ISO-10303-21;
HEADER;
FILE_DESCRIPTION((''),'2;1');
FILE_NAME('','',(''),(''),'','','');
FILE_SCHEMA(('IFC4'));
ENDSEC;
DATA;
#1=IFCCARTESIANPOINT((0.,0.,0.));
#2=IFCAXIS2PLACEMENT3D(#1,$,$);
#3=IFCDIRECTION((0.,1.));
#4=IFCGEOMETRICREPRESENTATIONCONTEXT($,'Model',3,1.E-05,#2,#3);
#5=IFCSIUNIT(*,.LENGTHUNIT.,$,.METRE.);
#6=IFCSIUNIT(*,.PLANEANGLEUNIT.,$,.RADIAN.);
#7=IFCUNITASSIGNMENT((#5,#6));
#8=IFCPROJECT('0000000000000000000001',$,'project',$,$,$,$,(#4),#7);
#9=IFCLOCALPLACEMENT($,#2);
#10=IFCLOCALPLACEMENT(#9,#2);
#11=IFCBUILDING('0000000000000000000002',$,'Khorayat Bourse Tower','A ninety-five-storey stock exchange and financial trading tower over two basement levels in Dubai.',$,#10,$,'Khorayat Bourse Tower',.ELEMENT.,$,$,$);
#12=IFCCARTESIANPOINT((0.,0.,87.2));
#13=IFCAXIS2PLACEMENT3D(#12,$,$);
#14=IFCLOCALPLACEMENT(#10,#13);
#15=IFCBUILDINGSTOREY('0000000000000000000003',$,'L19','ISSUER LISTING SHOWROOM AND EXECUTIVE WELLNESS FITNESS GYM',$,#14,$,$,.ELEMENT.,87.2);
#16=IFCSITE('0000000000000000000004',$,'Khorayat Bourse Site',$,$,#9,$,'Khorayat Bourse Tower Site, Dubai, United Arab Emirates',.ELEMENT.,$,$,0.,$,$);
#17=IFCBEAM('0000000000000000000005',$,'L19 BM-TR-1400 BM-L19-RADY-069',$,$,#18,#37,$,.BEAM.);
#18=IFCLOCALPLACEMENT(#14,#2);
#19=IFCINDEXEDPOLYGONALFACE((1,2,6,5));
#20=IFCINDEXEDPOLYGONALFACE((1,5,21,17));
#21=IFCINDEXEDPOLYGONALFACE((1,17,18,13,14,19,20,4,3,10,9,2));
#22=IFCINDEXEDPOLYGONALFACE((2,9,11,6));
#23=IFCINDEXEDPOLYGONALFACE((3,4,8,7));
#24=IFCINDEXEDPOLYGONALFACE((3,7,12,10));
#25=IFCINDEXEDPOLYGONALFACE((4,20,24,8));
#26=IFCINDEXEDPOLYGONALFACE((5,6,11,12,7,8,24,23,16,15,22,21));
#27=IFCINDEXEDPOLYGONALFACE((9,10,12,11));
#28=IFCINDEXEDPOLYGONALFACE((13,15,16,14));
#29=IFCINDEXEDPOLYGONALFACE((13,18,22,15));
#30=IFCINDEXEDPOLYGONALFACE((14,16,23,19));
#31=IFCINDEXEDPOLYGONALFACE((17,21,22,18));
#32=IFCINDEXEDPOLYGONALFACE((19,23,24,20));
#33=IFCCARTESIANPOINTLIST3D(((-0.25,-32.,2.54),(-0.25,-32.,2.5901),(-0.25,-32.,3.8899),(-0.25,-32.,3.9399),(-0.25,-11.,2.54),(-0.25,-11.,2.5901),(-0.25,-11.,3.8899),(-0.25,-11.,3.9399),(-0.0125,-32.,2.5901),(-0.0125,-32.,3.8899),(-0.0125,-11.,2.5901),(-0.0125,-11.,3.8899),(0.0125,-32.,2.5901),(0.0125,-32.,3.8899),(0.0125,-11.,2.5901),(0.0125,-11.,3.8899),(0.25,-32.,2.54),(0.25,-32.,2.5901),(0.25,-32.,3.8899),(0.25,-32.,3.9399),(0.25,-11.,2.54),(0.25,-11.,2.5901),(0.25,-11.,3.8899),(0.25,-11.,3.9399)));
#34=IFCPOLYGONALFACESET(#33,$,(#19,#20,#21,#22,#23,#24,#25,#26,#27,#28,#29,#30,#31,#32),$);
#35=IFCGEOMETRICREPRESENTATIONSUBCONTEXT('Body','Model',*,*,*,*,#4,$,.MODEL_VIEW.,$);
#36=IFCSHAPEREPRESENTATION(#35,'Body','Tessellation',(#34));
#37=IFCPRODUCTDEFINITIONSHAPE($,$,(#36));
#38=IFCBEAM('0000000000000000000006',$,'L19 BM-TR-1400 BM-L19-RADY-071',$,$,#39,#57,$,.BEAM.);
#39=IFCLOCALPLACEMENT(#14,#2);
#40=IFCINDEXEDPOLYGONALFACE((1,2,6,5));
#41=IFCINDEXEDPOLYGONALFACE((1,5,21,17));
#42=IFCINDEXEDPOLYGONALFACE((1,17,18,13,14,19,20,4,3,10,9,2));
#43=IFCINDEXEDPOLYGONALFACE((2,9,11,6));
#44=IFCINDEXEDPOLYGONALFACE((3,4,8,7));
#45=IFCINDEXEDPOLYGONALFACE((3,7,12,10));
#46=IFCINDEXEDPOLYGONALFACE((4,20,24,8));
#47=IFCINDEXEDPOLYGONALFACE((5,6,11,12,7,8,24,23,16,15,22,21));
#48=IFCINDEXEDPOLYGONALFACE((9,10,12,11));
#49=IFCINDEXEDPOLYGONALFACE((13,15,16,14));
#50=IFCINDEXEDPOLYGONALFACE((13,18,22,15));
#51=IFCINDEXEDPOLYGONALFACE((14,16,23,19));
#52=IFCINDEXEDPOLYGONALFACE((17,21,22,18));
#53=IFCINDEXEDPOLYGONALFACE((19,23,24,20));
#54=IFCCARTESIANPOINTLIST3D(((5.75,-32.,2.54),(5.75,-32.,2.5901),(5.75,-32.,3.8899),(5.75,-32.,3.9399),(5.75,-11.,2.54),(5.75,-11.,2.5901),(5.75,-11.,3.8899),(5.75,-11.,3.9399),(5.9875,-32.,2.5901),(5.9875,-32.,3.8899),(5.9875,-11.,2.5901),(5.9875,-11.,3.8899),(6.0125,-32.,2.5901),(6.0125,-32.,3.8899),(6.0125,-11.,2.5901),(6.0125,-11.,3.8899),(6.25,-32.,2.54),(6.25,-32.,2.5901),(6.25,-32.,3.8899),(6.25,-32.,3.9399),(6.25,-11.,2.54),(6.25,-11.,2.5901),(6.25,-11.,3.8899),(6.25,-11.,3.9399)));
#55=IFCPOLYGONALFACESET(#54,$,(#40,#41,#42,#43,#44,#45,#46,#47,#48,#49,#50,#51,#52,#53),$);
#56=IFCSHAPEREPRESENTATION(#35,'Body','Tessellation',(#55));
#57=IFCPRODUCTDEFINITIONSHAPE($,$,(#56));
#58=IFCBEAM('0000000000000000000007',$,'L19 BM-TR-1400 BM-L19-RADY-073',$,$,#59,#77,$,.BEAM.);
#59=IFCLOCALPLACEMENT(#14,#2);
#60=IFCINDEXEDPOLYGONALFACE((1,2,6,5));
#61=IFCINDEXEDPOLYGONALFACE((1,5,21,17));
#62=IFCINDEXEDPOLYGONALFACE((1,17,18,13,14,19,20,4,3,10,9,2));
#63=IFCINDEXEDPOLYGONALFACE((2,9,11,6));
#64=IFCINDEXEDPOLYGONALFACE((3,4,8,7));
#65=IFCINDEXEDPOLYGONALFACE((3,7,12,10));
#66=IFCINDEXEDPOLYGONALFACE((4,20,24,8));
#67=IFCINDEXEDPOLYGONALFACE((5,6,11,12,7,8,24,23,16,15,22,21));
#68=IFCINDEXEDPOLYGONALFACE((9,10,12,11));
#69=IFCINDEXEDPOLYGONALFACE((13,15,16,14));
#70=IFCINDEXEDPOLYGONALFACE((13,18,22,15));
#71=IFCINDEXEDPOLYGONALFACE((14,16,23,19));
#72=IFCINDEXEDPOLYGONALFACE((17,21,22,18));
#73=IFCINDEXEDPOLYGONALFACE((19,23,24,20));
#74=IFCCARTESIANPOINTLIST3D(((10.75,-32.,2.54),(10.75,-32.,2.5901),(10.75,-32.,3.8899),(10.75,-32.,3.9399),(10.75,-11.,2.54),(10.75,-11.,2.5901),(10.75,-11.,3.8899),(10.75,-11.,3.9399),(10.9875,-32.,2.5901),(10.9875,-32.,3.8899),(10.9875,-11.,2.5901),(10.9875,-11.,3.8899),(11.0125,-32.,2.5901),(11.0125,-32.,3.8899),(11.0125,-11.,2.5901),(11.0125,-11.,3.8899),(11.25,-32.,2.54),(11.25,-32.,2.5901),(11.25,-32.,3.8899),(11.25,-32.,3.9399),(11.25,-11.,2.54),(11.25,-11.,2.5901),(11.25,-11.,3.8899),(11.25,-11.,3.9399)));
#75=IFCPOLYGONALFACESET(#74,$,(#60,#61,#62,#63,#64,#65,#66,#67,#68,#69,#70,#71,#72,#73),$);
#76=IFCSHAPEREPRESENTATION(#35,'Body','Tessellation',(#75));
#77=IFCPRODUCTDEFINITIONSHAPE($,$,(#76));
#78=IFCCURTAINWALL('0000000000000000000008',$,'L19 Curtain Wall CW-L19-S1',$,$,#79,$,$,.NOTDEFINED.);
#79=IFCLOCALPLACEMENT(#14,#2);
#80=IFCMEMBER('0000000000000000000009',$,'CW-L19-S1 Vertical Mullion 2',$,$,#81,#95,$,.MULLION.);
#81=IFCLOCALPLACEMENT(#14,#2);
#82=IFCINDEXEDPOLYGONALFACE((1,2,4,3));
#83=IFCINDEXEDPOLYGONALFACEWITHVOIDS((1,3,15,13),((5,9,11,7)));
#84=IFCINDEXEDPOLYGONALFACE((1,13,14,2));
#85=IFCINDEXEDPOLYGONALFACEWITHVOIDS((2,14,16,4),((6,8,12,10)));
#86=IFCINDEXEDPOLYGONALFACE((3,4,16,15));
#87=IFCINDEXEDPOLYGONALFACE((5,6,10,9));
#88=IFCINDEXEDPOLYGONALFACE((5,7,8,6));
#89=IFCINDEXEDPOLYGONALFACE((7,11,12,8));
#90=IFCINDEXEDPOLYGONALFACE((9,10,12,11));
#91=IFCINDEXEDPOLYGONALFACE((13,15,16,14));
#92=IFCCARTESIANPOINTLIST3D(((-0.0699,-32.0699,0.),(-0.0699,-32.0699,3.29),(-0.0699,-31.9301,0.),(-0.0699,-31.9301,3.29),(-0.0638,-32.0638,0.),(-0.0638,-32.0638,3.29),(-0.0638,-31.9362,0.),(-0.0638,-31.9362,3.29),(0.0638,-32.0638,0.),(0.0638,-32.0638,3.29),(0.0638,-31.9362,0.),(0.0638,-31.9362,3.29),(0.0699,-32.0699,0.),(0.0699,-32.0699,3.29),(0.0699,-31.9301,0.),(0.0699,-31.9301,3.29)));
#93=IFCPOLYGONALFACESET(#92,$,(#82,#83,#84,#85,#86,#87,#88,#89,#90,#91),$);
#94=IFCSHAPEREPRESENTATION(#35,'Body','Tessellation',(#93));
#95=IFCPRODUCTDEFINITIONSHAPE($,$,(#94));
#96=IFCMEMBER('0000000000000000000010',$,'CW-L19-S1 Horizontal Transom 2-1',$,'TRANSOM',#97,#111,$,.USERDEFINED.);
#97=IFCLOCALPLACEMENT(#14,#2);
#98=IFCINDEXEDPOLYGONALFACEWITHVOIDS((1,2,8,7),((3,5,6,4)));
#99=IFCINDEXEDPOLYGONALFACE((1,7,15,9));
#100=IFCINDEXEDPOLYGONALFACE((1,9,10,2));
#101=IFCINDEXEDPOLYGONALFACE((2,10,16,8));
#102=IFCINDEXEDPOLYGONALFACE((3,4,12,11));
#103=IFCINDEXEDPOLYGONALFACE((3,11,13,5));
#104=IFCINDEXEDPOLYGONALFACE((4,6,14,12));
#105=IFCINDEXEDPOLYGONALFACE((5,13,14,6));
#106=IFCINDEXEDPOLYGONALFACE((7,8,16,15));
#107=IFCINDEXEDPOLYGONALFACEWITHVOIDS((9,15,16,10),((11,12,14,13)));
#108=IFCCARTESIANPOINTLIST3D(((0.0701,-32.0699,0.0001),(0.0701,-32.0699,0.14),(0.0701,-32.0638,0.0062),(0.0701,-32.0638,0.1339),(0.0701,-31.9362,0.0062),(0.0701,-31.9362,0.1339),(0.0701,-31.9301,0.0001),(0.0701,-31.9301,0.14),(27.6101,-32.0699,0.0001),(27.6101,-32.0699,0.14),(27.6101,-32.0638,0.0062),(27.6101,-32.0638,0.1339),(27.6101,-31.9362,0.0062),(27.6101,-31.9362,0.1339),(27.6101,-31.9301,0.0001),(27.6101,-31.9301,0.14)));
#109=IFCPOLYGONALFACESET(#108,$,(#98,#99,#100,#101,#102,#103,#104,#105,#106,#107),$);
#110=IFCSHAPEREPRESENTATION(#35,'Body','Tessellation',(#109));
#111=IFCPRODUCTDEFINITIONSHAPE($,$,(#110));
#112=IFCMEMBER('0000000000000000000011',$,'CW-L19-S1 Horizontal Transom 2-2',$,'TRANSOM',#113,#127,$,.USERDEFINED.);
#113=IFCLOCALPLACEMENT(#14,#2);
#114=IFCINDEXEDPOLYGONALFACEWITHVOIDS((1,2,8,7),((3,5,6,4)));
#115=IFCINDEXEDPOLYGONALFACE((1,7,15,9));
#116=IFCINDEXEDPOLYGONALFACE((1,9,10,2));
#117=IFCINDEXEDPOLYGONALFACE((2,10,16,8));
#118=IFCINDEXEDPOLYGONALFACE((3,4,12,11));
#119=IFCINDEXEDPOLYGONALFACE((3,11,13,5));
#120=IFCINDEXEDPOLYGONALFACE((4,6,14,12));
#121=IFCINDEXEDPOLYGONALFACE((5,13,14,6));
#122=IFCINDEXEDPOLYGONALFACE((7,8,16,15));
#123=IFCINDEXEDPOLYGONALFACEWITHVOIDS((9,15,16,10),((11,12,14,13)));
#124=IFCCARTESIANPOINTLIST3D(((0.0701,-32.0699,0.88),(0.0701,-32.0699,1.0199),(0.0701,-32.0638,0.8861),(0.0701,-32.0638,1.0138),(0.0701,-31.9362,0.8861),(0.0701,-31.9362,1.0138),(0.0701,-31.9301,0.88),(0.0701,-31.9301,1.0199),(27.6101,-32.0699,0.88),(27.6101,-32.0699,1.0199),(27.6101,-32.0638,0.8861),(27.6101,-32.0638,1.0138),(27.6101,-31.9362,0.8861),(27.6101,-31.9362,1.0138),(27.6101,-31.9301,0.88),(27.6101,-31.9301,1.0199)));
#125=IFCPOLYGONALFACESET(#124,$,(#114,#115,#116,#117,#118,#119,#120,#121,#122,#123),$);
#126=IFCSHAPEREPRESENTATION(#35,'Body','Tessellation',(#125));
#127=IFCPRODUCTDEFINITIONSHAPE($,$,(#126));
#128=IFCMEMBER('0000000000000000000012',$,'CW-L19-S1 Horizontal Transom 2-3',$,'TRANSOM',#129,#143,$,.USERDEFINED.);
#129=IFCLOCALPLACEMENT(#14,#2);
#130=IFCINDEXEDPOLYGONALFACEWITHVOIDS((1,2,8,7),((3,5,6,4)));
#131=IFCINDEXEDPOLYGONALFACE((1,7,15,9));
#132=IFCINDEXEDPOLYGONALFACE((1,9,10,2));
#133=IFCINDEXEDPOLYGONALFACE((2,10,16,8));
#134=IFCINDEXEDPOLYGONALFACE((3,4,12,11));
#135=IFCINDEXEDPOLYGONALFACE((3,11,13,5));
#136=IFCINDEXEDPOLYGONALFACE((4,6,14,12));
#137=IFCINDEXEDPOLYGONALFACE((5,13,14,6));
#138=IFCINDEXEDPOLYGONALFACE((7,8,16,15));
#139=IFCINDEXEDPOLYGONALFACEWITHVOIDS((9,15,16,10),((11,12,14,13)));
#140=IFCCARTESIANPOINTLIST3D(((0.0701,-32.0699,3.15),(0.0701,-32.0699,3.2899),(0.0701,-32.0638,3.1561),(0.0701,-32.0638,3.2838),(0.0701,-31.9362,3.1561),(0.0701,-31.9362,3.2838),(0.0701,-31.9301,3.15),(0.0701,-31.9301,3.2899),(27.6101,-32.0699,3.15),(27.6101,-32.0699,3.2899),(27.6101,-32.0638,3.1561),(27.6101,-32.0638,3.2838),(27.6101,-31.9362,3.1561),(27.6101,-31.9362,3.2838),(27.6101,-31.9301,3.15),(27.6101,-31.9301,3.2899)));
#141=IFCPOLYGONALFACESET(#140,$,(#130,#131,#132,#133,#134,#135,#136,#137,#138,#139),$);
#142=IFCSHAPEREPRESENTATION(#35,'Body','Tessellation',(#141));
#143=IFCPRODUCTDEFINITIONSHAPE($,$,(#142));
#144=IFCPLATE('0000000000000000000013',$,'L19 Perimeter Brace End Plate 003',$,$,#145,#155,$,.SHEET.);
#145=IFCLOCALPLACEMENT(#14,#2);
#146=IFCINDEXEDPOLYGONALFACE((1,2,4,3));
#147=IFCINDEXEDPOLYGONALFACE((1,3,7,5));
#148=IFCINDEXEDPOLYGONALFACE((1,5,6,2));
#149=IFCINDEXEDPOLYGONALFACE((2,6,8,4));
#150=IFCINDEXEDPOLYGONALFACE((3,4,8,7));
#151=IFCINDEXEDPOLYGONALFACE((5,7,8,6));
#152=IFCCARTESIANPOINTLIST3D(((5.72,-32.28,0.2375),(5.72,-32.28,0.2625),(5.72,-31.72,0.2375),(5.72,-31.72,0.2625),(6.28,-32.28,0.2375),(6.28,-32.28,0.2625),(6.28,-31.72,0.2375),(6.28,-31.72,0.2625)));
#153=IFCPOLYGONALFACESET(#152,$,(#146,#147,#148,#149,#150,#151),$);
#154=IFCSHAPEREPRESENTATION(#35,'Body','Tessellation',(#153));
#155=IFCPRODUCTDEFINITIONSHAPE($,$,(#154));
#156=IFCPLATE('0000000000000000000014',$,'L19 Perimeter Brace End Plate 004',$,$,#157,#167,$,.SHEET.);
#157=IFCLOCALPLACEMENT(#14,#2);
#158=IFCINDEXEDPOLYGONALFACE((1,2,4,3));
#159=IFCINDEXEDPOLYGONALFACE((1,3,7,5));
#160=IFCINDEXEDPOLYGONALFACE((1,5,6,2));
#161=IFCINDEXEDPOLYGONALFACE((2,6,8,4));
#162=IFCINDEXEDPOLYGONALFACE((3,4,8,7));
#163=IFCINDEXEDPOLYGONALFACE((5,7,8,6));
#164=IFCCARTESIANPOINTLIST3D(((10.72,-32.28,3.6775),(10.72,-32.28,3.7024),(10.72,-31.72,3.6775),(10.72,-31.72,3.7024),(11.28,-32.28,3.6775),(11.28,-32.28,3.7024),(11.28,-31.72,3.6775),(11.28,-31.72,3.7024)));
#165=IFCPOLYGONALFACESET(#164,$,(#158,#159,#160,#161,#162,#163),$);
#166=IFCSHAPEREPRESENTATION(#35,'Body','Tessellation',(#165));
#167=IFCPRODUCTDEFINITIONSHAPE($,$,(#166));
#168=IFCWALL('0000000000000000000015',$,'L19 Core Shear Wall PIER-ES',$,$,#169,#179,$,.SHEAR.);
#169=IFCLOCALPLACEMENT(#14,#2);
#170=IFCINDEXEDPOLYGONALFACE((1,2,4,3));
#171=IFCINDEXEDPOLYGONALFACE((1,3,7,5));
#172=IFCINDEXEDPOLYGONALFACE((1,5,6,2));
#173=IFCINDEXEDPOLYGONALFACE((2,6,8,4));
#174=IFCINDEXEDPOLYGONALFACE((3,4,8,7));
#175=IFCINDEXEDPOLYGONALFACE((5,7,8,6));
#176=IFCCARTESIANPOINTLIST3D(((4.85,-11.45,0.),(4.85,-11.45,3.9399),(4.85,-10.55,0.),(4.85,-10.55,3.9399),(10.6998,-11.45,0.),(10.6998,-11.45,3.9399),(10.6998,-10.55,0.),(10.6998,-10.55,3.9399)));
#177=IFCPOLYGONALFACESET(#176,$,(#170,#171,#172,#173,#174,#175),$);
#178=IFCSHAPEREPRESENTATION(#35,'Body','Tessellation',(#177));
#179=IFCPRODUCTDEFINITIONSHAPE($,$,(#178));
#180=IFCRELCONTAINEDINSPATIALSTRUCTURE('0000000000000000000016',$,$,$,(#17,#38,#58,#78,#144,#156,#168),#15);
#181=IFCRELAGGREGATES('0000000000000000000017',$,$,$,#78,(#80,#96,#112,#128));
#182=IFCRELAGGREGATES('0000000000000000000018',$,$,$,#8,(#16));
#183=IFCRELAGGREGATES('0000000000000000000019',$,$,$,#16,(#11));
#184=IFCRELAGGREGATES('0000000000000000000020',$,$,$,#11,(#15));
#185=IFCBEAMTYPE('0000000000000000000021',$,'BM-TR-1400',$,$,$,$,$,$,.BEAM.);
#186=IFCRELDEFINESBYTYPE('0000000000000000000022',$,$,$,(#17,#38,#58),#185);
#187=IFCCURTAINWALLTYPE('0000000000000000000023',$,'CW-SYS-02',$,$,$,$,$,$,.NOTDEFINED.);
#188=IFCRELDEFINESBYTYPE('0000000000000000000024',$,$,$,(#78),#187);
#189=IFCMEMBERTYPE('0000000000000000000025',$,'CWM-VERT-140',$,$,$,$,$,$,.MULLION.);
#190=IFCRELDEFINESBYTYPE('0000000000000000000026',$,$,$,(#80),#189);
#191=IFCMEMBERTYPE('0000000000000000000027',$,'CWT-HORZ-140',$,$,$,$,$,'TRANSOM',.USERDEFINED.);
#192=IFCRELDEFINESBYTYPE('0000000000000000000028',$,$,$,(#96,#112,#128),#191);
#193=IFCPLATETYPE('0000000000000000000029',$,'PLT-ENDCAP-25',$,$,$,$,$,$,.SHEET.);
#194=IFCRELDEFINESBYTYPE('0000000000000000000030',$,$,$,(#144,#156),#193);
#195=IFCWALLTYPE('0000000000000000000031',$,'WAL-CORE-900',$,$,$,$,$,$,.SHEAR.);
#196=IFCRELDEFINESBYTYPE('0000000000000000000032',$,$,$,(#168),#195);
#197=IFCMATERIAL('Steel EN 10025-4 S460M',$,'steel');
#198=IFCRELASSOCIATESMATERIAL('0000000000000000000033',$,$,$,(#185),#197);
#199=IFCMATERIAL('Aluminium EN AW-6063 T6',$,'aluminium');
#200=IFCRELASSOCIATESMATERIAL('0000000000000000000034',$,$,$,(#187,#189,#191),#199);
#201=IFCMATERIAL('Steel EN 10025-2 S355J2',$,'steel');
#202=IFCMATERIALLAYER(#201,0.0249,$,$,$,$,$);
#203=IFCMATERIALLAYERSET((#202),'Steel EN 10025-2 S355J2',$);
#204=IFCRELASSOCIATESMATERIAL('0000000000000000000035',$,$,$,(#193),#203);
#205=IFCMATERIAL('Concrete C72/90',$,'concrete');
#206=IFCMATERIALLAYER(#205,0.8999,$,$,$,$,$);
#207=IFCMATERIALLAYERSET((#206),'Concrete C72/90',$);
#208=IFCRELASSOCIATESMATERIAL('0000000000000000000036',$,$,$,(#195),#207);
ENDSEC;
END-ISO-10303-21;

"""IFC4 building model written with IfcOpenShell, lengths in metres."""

from ifc_helpers import new_model, si_unit, direction, frame, frame_2d, origin, origin_2d, place, context, subcontext, project, spatial, rectangle, hollow_rectangle, i_section, extrude, source, transform, mapped, material, layer, layer_set, material_profile, profile_set, type_object, element, aggregate, save


model = new_model("IFC4")

# Units and contexts
model_context = context("Model", 3, precision=1e-05, world=origin(), true_north=direction((0.0, 1.0)))
body_context = subcontext(model_context, "Body", "Model", "MODEL_VIEW")
ifc_project = project(units=[si_unit("LENGTHUNIT", "METRE"), si_unit("PLANEANGLEUNIT", "RADIAN")], contexts=[model_context])

# Site, building, storey
site_placement = place(None, origin())
site = spatial("IfcSite", under=ifc_project, at=site_placement, Name="Khorayat Bourse Site", LongName="Khorayat Bourse Tower Site, Dubai, United Arab Emirates", CompositionType="ELEMENT", RefElevation=0.0)
building_placement = place(site_placement, origin())
building = spatial("IfcBuilding", under=site, at=building_placement, Name="Khorayat Bourse Tower", Description="A ninety-five-storey stock exchange and financial trading tower over two basement levels in Dubai.", LongName="Khorayat Bourse Tower", CompositionType="ELEMENT")
storey_placement = place(building_placement, frame((0.0, 0.0, 87.2)))
storey = spatial("IfcBuildingStorey", under=building, at=storey_placement, Name="L19", Description="ISSUER LISTING SHOWROOM AND EXECUTIVE WELLNESS FITNESS GYM", CompositionType="ELEMENT", Elevation=87.2)

# Shared definitions
ifc_material_1 = material(Name="Steel EN 10025-4 S460M", Category="steel")
ifc_material_2 = material(Name="Concrete C72/90", Category="concrete")

# Beams
ifc_material_profile_1 = material_profile(ifc_material_1, i_section(OverallWidth=0.5, OverallDepth=1.3999, WebThickness=0.0249, FlangeThickness=0.05, at=origin_2d()), Name="PG 1400x500x25x50")
ifc_profile_set_1 = profile_set([ifc_material_profile_1], Name="Steel EN 10025-4 S460M")
beam_type_1 = type_object("IfcBeamType", Name="BM-TR-1400", PredefinedType="BEAM", material=ifc_profile_set_1)
shared_shape_1 = source(origin(), body_context, "Body", "SweptSolid", [
    extrude(i_section(OverallWidth=0.5, OverallDepth=1.3999, WebThickness=0.0249, FlangeThickness=0.05, at=origin_2d()), origin(), (0.0, 0.0, 1.0), 21.0),
])
for number, where, z_axis, x_axis, name in (
    (1, (0.0, -32.0, 3.24), (0.0, 1.0, 0.0), (-1.0, 0.0, 0.0), "L19 BM-TR-1400 BM-L19-RADY-069"),
    (2, (6.0, -32.0, 3.24), (0.0, 1.0, 0.0), (-1.0, 0.0, 0.0), "L19 BM-TR-1400 BM-L19-RADY-071"),
    (3, (11.0, -32.0, 3.24), (0.0, 1.0, 0.0), (-1.0, 0.0, 0.0), "L19 BM-TR-1400 BM-L19-RADY-073"),
):
    element("IfcBeam", number, at=place(storey_placement, frame(where, z_axis=z_axis, x_axis=x_axis)), inside=storey, type_object=beam_type_1, Name=name, PredefinedType="BEAM", context=body_context, shape_type="MappedRepresentation", body=[
        mapped(shared_shape_1, transform((0.0, 0.0, 0.0), scale=1.0)),
    ])

# Curtain wall, members
ifc_material_3 = material(Name="Aluminium EN AW-6063 T6", Category="aluminium")
curtain_wall_type = type_object("IfcCurtainWallType", Name="CW-SYS-02", PredefinedType="NOTDEFINED", material=ifc_material_3)
curtain_wall_placement = place(storey_placement, origin())
curtain_wall = element("IfcCurtainWall", 4, at=curtain_wall_placement, inside=storey, type_object=curtain_wall_type, Name="L19 Curtain Wall CW-L19-S1", PredefinedType="NOTDEFINED")
ifc_material_profile_2 = material_profile(ifc_material_3, hollow_rectangle(XDim=0.1399, YDim=0.1399, WallThickness=0.0061, at=origin_2d()), Name="ALU 140x140x6")
ifc_profile_set_2 = profile_set([ifc_material_profile_2], Name="Aluminium EN AW-6063 T6")
member_type_1 = type_object("IfcMemberType", Name="CWM-VERT-140", PredefinedType="MULLION", material=ifc_profile_set_2)
shared_shape_2 = source(origin(), body_context, "Body", "SweptSolid", [
    extrude(hollow_rectangle(XDim=0.1399, YDim=0.1399, WallThickness=0.0061, at=origin_2d()), origin(), (0.0, 0.0, 1.0), 3.29),
])
member_1_placement = place(storey_placement, frame((0.0, -32.0, 0.0), z_axis=(0.0, 0.0, 1.0), x_axis=(0.0, 1.0, 0.0)))
member_1 = element("IfcMember", 5, at=member_1_placement, type_object=member_type_1, Name="CW-L19-S1 Vertical Mullion 2", PredefinedType="MULLION", context=body_context, shape_type="MappedRepresentation", body=[
    mapped(shared_shape_2, transform((0.0, 0.0, 0.0), scale=1.0)),
])
ifc_material_profile_3 = material_profile(ifc_material_3, hollow_rectangle(XDim=0.1399, YDim=0.1399, WallThickness=0.0061, at=origin_2d()), Name="ALU 140x140x6")
ifc_profile_set_3 = profile_set([ifc_material_profile_3], Name="Aluminium EN AW-6063 T6")
member_type_2 = type_object("IfcMemberType", Name="CWT-HORZ-140", ElementType="TRANSOM", PredefinedType="USERDEFINED", material=ifc_profile_set_3)
shared_shape_3 = source(origin(), body_context, "Body", "SweptSolid", [
    extrude(hollow_rectangle(XDim=0.1399, YDim=0.1399, WallThickness=0.0061, at=origin_2d()), origin(), (0.0, 0.0, 1.0), 27.54),
])
member_2_placement = place(storey_placement, frame((0.0701, -32.0, 0.0701), z_axis=(1.0, 0.0, 0.0), x_axis=(0.0, 1.0, 0.0)))
member_2 = element("IfcMember", 6, at=member_2_placement, type_object=member_type_2, Name="CW-L19-S1 Horizontal Transom 2-1", ObjectType="TRANSOM", PredefinedType="USERDEFINED", context=body_context, shape_type="MappedRepresentation", body=[
    mapped(shared_shape_3, transform((0.0, 0.0, 0.0), scale=1.0)),
])
member_3_placement = place(storey_placement, frame((0.0701, -32.0, 0.95), z_axis=(1.0, 0.0, 0.0), x_axis=(0.0, 1.0, 0.0)))
member_3 = element("IfcMember", 7, at=member_3_placement, type_object=member_type_2, Name="CW-L19-S1 Horizontal Transom 2-2", ObjectType="TRANSOM", PredefinedType="USERDEFINED", context=body_context, shape_type="MappedRepresentation", body=[
    mapped(shared_shape_3, transform((0.0, 0.0, 0.0), scale=1.0)),
])
member_4_placement = place(storey_placement, frame((0.0701, -32.0, 3.22), z_axis=(1.0, 0.0, 0.0), x_axis=(0.0, 1.0, 0.0)))
member_4 = element("IfcMember", 8, at=member_4_placement, type_object=member_type_2, Name="CW-L19-S1 Horizontal Transom 2-3", ObjectType="TRANSOM", PredefinedType="USERDEFINED", context=body_context, shape_type="MappedRepresentation", body=[
    mapped(shared_shape_3, transform((0.0, 0.0, 0.0), scale=1.0)),
])
aggregate(curtain_wall, [member_1, member_2, member_3, member_4])

# Plates
ifc_material_4 = material(Name="Steel EN 10025-2 S355J2", Category="steel")
ifc_layer_1 = layer(ifc_material_4, 0.0249)
ifc_layer_set_1 = layer_set([ifc_layer_1], Name="Steel EN 10025-2 S355J2")
plate_type = type_object("IfcPlateType", Name="PLT-ENDCAP-25", PredefinedType="SHEET", material=ifc_layer_set_1)
shared_shape_4 = source(origin(), body_context, "Body", "SweptSolid", [
    extrude(rectangle(XDim=0.5601, YDim=0.5601, at=origin_2d()), origin(), (0.0, 0.0, 1.0), 0.0249),
])
for number, where, z_axis, x_axis, name in (
    (9, (6.0, -32.0, 0.2375), (0.0, 0.0, 1.0), (1.0, 0.0, 0.0), "L19 Perimeter Brace End Plate 003"),
    (10, (11.0, -32.0, 3.6775), (0.0, 0.0, 1.0), (1.0, 0.0, 0.0), "L19 Perimeter Brace End Plate 004"),
):
    element("IfcPlate", number, at=place(storey_placement, frame(where, z_axis=z_axis, x_axis=x_axis)), inside=storey, type_object=plate_type, Name=name, PredefinedType="SHEET", context=body_context, shape_type="MappedRepresentation", body=[
        mapped(shared_shape_4, transform((0.0, 0.0, 0.0), scale=1.0)),
    ])

# Wall
ifc_layer_2 = layer(ifc_material_2, 0.8999)
ifc_layer_set_2 = layer_set([ifc_layer_2], Name="Concrete C72/90")
wall_type_1 = type_object("IfcWallType", Name="WAL-CORE-900", PredefinedType="SHEAR", material=ifc_layer_set_2)
shared_shape_5 = source(origin(), body_context, "Body", "SweptSolid", [
    extrude(rectangle(XDim=5.8499, YDim=0.8999, at=frame_2d((2.9248, 0.0))), origin(), (0.0, 0.0, 1.0), 3.9399),
])
wall_1_placement = place(storey_placement, frame((4.8501, -11.0, 0.0), z_axis=(0.0, 0.0, 1.0), x_axis=(1.0, 0.0, 0.0)))
element("IfcWall", 11, at=wall_1_placement, inside=storey, type_object=wall_type_1, Name="L19 Core Shear Wall PIER-ES", PredefinedType="SHEAR", context=body_context, shape_type="MappedRepresentation", body=[
    mapped(shared_shape_5, transform((0.0, 0.0, 0.0), scale=1.0)),
])

save(model, "model.ifc")
